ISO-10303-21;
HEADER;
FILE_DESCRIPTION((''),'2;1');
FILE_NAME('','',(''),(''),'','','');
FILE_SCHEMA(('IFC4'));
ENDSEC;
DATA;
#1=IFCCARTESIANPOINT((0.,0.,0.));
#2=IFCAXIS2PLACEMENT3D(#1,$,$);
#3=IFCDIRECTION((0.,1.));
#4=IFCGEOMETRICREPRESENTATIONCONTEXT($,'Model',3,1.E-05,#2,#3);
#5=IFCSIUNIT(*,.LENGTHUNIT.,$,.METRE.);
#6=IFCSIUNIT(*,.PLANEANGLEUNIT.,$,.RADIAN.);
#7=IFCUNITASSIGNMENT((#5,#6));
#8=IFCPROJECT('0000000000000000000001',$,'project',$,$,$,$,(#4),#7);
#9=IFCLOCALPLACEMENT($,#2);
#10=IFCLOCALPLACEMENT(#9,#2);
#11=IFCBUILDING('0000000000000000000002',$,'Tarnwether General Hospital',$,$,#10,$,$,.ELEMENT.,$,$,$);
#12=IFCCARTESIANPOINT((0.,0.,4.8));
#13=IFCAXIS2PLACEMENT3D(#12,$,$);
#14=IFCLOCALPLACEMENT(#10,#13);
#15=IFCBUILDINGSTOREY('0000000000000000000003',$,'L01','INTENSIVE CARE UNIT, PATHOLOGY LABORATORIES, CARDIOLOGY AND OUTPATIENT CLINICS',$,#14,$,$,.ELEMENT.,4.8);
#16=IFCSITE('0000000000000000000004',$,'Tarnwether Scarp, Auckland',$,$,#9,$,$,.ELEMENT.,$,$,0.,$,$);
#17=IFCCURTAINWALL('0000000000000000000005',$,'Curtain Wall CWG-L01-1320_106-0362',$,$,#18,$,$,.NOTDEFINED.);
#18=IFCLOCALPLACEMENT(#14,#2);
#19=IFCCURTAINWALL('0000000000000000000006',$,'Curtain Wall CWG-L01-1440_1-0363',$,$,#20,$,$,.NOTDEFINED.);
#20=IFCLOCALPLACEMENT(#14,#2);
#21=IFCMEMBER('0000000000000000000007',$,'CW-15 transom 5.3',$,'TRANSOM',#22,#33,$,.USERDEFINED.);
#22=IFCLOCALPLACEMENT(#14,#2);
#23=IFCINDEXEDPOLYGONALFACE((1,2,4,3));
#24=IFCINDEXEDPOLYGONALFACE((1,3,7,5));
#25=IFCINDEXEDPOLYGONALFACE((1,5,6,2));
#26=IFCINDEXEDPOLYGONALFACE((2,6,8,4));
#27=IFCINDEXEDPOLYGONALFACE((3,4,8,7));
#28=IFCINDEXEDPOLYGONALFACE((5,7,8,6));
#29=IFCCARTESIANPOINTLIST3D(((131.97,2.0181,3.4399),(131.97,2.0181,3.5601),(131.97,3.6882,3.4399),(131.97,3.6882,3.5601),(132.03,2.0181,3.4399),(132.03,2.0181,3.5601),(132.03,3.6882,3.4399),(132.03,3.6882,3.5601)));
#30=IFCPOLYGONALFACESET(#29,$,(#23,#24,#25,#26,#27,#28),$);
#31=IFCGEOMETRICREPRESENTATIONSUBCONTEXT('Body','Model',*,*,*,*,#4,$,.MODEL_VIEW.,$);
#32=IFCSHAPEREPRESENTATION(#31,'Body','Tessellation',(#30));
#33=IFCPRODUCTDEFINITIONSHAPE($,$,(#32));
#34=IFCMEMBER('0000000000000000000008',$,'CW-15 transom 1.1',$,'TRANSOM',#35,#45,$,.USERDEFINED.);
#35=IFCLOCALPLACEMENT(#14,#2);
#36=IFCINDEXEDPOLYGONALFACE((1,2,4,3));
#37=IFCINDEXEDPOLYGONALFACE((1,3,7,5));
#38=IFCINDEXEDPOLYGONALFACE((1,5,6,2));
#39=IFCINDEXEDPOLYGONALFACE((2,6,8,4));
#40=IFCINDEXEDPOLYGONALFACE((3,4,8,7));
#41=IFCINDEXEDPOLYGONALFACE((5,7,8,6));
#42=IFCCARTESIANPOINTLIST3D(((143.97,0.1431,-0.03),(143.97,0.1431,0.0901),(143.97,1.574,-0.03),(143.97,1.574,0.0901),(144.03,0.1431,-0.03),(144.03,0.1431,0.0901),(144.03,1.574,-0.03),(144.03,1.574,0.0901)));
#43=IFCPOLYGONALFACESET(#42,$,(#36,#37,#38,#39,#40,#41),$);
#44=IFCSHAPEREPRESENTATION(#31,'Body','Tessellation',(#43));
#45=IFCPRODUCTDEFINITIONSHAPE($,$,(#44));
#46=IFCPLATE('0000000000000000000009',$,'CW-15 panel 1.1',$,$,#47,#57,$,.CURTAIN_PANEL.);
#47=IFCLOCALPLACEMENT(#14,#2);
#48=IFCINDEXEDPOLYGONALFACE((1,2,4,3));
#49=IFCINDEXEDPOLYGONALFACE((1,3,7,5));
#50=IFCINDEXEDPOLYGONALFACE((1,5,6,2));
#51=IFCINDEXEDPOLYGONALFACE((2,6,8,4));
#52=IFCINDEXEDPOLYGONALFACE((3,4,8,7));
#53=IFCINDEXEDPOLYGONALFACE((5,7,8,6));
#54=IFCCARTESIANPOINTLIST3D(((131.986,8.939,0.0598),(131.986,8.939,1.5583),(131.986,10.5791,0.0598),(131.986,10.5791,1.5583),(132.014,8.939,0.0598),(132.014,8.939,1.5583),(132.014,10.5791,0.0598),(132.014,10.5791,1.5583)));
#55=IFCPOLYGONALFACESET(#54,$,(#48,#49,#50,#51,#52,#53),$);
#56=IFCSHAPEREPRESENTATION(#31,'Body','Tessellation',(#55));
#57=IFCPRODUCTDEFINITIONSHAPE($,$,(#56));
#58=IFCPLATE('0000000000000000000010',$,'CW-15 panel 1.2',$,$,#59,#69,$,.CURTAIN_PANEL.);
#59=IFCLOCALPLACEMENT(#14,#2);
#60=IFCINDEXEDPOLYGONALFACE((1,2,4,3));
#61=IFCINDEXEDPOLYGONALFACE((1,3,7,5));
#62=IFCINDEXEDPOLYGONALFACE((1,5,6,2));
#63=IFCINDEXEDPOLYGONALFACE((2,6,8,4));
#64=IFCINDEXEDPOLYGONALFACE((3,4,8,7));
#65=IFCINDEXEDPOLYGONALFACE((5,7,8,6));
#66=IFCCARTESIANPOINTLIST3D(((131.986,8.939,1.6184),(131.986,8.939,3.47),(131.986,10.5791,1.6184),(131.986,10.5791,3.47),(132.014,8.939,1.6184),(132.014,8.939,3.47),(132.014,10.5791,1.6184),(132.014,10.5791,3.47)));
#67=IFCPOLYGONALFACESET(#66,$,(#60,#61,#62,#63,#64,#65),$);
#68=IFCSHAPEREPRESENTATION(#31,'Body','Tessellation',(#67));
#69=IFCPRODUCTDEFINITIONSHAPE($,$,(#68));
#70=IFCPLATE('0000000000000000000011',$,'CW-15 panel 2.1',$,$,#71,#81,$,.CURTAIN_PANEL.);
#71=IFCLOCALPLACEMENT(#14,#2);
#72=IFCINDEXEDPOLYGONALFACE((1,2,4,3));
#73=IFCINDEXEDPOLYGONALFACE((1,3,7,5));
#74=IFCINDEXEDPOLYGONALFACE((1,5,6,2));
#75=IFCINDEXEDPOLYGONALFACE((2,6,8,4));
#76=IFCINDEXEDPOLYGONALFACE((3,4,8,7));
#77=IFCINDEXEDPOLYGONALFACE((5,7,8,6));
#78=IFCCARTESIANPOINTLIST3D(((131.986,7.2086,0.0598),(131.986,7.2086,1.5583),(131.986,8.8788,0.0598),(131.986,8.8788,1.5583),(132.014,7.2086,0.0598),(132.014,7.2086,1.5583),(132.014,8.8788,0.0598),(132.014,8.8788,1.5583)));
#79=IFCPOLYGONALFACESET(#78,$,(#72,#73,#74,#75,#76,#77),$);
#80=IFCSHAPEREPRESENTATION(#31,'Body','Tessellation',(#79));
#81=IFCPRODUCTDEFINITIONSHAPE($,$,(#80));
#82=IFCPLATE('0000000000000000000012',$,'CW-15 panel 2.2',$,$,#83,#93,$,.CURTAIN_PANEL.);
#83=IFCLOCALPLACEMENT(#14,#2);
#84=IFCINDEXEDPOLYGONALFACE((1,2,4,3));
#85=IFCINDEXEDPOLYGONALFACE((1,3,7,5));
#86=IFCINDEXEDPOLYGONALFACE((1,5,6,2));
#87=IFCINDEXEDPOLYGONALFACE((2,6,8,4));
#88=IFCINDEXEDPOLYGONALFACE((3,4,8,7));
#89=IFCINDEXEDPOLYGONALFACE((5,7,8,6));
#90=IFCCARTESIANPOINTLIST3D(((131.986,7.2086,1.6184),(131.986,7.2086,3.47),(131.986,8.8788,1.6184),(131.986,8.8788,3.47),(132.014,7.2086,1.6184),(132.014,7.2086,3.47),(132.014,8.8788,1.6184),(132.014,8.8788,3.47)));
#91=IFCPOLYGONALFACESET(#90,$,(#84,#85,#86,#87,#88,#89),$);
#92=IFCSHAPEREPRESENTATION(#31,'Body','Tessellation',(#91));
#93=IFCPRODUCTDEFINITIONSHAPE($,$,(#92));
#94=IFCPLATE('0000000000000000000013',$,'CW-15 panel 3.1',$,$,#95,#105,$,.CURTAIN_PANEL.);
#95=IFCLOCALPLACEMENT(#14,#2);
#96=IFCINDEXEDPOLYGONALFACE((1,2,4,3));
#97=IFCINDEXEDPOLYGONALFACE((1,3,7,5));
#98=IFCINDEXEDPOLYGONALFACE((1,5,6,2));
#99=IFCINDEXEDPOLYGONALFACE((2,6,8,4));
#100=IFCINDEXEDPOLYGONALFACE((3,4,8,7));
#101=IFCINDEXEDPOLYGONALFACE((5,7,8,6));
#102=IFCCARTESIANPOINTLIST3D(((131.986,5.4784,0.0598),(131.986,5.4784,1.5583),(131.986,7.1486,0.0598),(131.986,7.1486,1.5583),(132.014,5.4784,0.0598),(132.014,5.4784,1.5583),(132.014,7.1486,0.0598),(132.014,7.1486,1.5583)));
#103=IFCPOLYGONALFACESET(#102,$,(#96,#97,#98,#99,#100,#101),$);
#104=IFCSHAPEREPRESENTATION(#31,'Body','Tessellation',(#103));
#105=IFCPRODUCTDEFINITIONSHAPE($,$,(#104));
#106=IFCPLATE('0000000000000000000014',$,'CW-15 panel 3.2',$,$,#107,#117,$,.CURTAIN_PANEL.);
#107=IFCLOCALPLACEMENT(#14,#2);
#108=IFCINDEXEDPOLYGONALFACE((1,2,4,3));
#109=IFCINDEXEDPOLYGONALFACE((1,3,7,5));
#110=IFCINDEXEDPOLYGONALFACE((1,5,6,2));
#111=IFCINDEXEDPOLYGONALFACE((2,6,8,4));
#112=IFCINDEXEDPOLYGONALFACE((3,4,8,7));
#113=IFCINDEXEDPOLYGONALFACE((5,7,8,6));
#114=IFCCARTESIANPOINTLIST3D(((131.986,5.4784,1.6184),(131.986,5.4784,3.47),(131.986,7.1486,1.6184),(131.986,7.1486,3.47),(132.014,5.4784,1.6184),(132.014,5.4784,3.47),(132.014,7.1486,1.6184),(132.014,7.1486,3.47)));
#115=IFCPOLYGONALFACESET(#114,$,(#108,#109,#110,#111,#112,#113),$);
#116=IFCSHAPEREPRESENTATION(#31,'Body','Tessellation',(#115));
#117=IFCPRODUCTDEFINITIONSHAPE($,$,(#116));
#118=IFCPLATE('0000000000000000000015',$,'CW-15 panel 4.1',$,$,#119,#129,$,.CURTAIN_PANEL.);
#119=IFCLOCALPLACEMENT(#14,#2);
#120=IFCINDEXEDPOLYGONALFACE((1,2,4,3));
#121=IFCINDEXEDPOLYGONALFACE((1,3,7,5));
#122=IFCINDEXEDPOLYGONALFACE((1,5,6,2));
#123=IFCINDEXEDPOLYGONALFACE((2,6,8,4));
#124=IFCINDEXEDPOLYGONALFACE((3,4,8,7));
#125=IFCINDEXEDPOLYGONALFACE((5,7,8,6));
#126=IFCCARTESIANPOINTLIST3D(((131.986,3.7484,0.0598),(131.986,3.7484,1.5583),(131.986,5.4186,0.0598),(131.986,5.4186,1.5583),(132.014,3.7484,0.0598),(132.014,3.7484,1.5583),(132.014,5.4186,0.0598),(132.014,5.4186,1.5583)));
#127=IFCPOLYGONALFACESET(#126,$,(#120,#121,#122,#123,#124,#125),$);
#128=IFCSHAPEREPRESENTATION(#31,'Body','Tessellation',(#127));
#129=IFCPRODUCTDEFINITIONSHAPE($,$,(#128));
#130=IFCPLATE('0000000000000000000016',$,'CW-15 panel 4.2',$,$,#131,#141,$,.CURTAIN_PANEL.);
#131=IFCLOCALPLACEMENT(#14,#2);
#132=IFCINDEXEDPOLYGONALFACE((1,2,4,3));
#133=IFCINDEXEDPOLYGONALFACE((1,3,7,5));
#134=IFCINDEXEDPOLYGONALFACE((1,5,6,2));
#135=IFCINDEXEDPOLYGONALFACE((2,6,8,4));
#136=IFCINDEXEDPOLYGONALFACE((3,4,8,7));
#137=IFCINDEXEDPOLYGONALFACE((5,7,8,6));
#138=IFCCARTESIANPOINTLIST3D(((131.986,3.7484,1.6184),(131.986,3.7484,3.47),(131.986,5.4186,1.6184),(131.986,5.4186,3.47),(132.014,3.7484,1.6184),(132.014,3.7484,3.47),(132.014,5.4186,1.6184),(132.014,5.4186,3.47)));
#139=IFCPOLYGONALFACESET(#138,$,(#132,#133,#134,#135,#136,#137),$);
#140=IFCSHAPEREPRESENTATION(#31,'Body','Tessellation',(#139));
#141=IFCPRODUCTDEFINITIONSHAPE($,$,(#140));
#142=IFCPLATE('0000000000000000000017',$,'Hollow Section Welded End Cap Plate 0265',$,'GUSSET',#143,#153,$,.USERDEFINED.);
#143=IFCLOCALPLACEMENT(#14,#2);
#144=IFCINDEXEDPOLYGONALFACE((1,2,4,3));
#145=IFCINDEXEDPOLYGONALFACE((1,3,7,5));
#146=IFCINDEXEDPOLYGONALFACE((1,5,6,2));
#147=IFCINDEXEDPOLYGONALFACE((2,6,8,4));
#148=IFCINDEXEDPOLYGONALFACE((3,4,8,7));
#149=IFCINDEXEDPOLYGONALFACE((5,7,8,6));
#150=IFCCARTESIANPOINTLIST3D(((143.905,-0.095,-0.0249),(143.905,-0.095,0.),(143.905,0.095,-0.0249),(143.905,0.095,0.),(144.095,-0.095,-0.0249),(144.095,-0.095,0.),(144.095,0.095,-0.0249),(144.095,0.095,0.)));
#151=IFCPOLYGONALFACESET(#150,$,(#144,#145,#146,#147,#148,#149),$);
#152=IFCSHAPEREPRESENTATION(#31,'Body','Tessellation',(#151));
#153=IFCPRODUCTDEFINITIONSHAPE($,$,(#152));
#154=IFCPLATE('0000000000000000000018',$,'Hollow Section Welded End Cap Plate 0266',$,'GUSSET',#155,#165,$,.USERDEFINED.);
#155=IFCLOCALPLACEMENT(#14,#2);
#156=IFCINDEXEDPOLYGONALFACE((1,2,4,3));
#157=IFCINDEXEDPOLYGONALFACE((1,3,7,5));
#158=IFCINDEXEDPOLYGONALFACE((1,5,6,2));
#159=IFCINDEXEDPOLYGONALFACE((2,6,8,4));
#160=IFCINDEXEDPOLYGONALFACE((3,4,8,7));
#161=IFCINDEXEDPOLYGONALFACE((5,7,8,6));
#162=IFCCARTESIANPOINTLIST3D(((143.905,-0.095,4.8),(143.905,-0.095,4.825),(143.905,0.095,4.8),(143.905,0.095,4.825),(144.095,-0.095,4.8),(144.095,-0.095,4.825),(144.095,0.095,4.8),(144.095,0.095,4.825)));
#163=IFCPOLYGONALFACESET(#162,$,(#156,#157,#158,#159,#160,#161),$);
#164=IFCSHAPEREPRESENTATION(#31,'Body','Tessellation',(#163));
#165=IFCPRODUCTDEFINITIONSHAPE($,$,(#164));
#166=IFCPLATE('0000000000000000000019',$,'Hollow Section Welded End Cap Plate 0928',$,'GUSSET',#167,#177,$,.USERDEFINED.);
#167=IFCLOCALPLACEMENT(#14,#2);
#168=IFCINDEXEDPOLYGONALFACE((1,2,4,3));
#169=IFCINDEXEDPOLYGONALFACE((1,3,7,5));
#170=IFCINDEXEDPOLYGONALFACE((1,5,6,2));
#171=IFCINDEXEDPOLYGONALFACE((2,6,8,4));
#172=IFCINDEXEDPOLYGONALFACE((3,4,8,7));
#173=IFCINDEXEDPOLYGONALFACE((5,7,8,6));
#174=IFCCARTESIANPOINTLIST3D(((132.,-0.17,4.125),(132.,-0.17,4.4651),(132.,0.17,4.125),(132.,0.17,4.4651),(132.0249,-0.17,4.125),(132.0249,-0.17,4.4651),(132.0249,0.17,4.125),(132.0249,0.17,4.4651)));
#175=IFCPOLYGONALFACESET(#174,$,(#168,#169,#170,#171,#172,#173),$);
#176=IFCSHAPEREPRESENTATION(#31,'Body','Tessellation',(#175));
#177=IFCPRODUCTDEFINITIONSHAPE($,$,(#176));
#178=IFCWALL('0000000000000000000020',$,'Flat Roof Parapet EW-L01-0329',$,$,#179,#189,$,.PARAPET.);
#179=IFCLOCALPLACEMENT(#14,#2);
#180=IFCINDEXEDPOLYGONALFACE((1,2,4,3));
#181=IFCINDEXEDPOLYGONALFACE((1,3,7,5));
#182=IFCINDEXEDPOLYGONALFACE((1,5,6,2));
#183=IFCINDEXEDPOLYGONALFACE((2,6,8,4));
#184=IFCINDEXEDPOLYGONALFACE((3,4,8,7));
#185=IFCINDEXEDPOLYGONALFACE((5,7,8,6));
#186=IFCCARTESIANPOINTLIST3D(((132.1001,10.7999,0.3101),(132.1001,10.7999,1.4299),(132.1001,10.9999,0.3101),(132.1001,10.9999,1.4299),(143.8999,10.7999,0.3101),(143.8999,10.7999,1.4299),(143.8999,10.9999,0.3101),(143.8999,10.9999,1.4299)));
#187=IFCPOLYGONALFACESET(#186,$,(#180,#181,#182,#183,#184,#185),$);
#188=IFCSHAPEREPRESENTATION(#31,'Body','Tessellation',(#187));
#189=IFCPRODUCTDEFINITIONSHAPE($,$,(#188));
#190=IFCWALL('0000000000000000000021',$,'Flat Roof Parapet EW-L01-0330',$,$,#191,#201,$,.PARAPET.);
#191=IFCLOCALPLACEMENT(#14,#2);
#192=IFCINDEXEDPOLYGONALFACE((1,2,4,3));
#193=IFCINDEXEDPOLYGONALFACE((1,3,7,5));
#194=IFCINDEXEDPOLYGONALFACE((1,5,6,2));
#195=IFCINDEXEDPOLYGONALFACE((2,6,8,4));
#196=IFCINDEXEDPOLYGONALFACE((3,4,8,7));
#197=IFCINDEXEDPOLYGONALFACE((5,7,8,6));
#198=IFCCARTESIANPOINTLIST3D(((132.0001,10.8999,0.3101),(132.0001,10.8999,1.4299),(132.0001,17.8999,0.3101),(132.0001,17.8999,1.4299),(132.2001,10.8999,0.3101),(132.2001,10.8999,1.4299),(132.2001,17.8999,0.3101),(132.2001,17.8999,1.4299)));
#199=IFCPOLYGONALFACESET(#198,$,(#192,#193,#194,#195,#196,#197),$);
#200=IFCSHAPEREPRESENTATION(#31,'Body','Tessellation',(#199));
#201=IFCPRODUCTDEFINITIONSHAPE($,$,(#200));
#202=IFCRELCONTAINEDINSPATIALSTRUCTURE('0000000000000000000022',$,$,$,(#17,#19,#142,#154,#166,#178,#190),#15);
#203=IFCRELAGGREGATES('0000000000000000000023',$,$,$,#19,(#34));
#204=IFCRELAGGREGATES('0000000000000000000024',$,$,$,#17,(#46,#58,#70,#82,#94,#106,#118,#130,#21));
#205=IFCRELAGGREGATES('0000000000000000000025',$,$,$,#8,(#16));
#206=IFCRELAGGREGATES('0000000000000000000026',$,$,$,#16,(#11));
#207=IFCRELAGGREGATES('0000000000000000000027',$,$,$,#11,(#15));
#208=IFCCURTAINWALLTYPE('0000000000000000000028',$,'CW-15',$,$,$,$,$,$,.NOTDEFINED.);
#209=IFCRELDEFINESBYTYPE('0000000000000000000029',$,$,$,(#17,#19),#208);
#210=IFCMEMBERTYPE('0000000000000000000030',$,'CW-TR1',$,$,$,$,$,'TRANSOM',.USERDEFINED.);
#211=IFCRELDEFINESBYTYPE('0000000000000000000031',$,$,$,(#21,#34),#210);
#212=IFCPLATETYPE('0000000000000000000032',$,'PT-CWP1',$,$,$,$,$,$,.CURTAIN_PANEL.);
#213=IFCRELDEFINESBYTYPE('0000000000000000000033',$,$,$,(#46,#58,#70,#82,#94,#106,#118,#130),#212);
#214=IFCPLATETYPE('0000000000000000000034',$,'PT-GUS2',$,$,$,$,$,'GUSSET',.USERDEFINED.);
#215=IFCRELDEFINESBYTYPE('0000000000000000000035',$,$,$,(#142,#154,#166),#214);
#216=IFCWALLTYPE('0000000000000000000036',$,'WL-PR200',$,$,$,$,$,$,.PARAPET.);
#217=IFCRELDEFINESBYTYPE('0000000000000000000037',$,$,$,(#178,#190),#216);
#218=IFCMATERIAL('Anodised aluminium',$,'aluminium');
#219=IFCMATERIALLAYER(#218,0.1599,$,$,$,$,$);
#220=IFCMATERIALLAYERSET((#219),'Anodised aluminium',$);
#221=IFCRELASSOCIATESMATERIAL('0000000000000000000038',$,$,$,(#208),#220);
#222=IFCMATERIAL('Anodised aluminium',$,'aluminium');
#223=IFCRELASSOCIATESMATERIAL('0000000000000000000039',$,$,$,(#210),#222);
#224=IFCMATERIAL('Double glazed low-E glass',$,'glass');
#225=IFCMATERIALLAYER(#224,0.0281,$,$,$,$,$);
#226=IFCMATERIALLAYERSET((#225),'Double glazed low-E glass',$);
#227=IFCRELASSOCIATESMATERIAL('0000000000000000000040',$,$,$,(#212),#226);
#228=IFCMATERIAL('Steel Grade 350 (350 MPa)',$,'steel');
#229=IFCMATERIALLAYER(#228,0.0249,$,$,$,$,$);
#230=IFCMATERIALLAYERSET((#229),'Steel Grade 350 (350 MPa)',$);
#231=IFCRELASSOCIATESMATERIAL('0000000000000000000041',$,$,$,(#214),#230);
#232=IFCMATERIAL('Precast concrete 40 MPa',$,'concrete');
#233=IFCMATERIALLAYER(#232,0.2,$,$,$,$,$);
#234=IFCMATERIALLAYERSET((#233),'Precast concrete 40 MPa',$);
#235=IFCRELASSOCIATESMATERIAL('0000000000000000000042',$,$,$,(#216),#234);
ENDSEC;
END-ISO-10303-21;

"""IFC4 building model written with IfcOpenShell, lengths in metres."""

from ifc_helpers import new_model, si_unit, direction, frame, frame_2d, origin, origin_2d, place, context, subcontext, project, spatial, rectangle, extrude, material, layer, layer_set, material_profile, profile_set, type_object, element, aggregate, save


model = new_model("IFC4")

# Units and contexts
model_context = context("Model", 3, precision=1e-05, world=origin(), true_north=direction((0.0, 1.0)))
body_context = subcontext(model_context, "Body", "Model", "MODEL_VIEW")
ifc_project = project(units=[si_unit("LENGTHUNIT", "METRE"), si_unit("PLANEANGLEUNIT", "RADIAN")], contexts=[model_context])

# Site, building, storey
site_placement = place(None, origin())
site = spatial("IfcSite", under=ifc_project, at=site_placement, Name="Tarnwether Scarp, Auckland", CompositionType="ELEMENT", RefElevation=0.0)
building_placement = place(site_placement, origin())
building = spatial("IfcBuilding", under=site, at=building_placement, Name="Tarnwether General Hospital", CompositionType="ELEMENT")
storey_placement = place(building_placement, frame((0.0, 0.0, 4.8)))
storey = spatial("IfcBuildingStorey", under=building, at=storey_placement, Name="L01", Description="INTENSIVE CARE UNIT, PATHOLOGY LABORATORIES, CARDIOLOGY AND OUTPATIENT CLINICS", CompositionType="ELEMENT", Elevation=4.8)

# Curtain wall
ifc_material_1 = material(Name="Anodised aluminium", Category="aluminium")
ifc_layer_1 = layer(ifc_material_1, 0.1599)
ifc_layer_set_1 = layer_set([ifc_layer_1], Name="Anodised aluminium")
curtain_wall_type = type_object("IfcCurtainWallType", Name="CW-15", PredefinedType="NOTDEFINED", material=ifc_layer_set_1)
curtain_wall_1_placement = place(storey_placement, origin())
curtain_wall_1 = element("IfcCurtainWall", 1, at=curtain_wall_1_placement, inside=storey, type_object=curtain_wall_type, Name="Curtain Wall CWG-L01-1320_106-0362", PredefinedType="NOTDEFINED")

# Curtain wall
curtain_wall_2_placement = place(storey_placement, origin())
curtain_wall_2 = element("IfcCurtainWall", 2, at=curtain_wall_2_placement, inside=storey, type_object=curtain_wall_type, Name="Curtain Wall CWG-L01-1440_1-0363", PredefinedType="NOTDEFINED")

# Members
ifc_material_2 = material(Name="Anodised aluminium", Category="aluminium")
ifc_material_profile_1 = material_profile(ifc_material_2, rectangle(XDim=0.0601, YDim=0.1201, at=origin_2d()), Name="ALU-TRN-60x120")
ifc_profile_set_1 = profile_set([ifc_material_profile_1], Name="Anodised aluminium")
member_type_1 = type_object("IfcMemberType", Name="CW-TR1", ElementType="TRANSOM", PredefinedType="USERDEFINED", material=ifc_profile_set_1)
member_1_placement = place(storey_placement, frame((132.0, 3.6882, 3.5), z_axis=(0.0, -1.0, 0.0), x_axis=(1.0, 0.0, 0.0)))
member_1 = element("IfcMember", 3, at=member_1_placement, type_object=member_type_1, Name="CW-15 transom 5.3", ObjectType="TRANSOM", PredefinedType="USERDEFINED", context=body_context, shape_type="SweptSolid", body=[
    extrude(rectangle(XDim=0.0601, YDim=0.1201, at=origin_2d()), origin(), (0.0, 0.0, 1.0), 1.6702),
])
member_2_placement = place(storey_placement, frame((144.0, 0.1431, 0.03), z_axis=(0.0, 1.0, 0.0), x_axis=(-1.0, 0.0, 0.0)))
member_2 = element("IfcMember", 4, at=member_2_placement, type_object=member_type_1, Name="CW-15 transom 1.1", ObjectType="TRANSOM", PredefinedType="USERDEFINED", context=body_context, shape_type="SweptSolid", body=[
    extrude(rectangle(XDim=0.0601, YDim=0.1201, at=origin_2d()), origin(), (0.0, 0.0, 1.0), 1.4309),
])
aggregate(curtain_wall_2, [member_2])

# Plates
ifc_material_3 = material(Name="Double glazed low-E glass", Category="glass")
ifc_layer_2 = layer(ifc_material_3, 0.0281)
ifc_layer_set_2 = layer_set([ifc_layer_2], Name="Double glazed low-E glass")
plate_type_1 = type_object("IfcPlateType", Name="PT-CWP1", PredefinedType="CURTAIN_PANEL", material=ifc_layer_set_2)
plate_1_placement = place(storey_placement, frame((132.0, 9.759, 0.0598), z_axis=(0.0, 0.0, 1.0), x_axis=(0.0, -1.0, 0.0)))
plate_1 = element("IfcPlate", 5, at=plate_1_placement, type_object=plate_type_1, Name="CW-15 panel 1.1", PredefinedType="CURTAIN_PANEL", context=body_context, shape_type="SweptSolid", body=[
    extrude(rectangle(XDim=1.6401, YDim=0.0281, at=origin_2d()), origin(), (0.0, 0.0, 1.0), 1.4985),
])
plate_2_placement = place(storey_placement, frame((132.0, 9.759, 1.6184), z_axis=(0.0, 0.0, 1.0), x_axis=(0.0, -1.0, 0.0)))
plate_2 = element("IfcPlate", 6, at=plate_2_placement, type_object=plate_type_1, Name="CW-15 panel 1.2", PredefinedType="CURTAIN_PANEL", context=body_context, shape_type="SweptSolid", body=[
    extrude(rectangle(XDim=1.6401, YDim=0.0281, at=origin_2d()), origin(), (0.0, 0.0, 1.0), 1.8516),
])
plate_3_placement = place(storey_placement, frame((132.0, 8.0437, 0.0598), z_axis=(0.0, 0.0, 1.0), x_axis=(0.0, -1.0, 0.0)))
plate_3 = element("IfcPlate", 7, at=plate_3_placement, type_object=plate_type_1, Name="CW-15 panel 2.1", PredefinedType="CURTAIN_PANEL", context=body_context, shape_type="SweptSolid", body=[
    extrude(rectangle(XDim=1.6702, YDim=0.0281, at=origin_2d()), origin(), (0.0, 0.0, 1.0), 1.4985),
])
plate_4_placement = place(storey_placement, frame((132.0, 8.0437, 1.6184), z_axis=(0.0, 0.0, 1.0), x_axis=(0.0, -1.0, 0.0)))
plate_4 = element("IfcPlate", 8, at=plate_4_placement, type_object=plate_type_1, Name="CW-15 panel 2.2", PredefinedType="CURTAIN_PANEL", context=body_context, shape_type="SweptSolid", body=[
    extrude(rectangle(XDim=1.6702, YDim=0.0281, at=origin_2d()), origin(), (0.0, 0.0, 1.0), 1.8516),
])
plate_5_placement = place(storey_placement, frame((132.0, 6.3135, 0.0598), z_axis=(0.0, 0.0, 1.0), x_axis=(0.0, -1.0, 0.0)))
plate_5 = element("IfcPlate", 9, at=plate_5_placement, type_object=plate_type_1, Name="CW-15 panel 3.1", PredefinedType="CURTAIN_PANEL", context=body_context, shape_type="SweptSolid", body=[
    extrude(rectangle(XDim=1.6702, YDim=0.0281, at=origin_2d()), origin(), (0.0, 0.0, 1.0), 1.4985),
])
plate_6_placement = place(storey_placement, frame((132.0, 6.3135, 1.6184), z_axis=(0.0, 0.0, 1.0), x_axis=(0.0, -1.0, 0.0)))
plate_6 = element("IfcPlate", 10, at=plate_6_placement, type_object=plate_type_1, Name="CW-15 panel 3.2", PredefinedType="CURTAIN_PANEL", context=body_context, shape_type="SweptSolid", body=[
    extrude(rectangle(XDim=1.6702, YDim=0.0281, at=origin_2d()), origin(), (0.0, 0.0, 1.0), 1.8516),
])
plate_7_placement = place(storey_placement, frame((132.0, 4.5835, 0.0598), z_axis=(0.0, 0.0, 1.0), x_axis=(0.0, -1.0, 0.0)))
plate_7 = element("IfcPlate", 11, at=plate_7_placement, type_object=plate_type_1, Name="CW-15 panel 4.1", PredefinedType="CURTAIN_PANEL", context=body_context, shape_type="SweptSolid", body=[
    extrude(rectangle(XDim=1.6702, YDim=0.0281, at=origin_2d()), origin(), (0.0, 0.0, 1.0), 1.4985),
])
plate_8_placement = place(storey_placement, frame((132.0, 4.5835, 1.6184), z_axis=(0.0, 0.0, 1.0), x_axis=(0.0, -1.0, 0.0)))
plate_8 = element("IfcPlate", 12, at=plate_8_placement, type_object=plate_type_1, Name="CW-15 panel 4.2", PredefinedType="CURTAIN_PANEL", context=body_context, shape_type="SweptSolid", body=[
    extrude(rectangle(XDim=1.6702, YDim=0.0281, at=origin_2d()), origin(), (0.0, 0.0, 1.0), 1.8516),
])
aggregate(curtain_wall_1, [plate_1, plate_2, plate_3, plate_4, plate_5, plate_6, plate_7, plate_8, member_1])

# Plates
ifc_material_4 = material(Name="Steel Grade 350 (350 MPa)", Category="steel")
ifc_layer_3 = layer(ifc_material_4, 0.0249)
ifc_layer_set_3 = layer_set([ifc_layer_3], Name="Steel Grade 350 (350 MPa)")
plate_type_2 = type_object("IfcPlateType", Name="PT-GUS2", ElementType="GUSSET", PredefinedType="USERDEFINED", material=ifc_layer_set_3)
for number, where, z_axis, x_axis, name in (
    (13, (144.0, 0.0, -0.0249), (0.0, 0.0, 1.0), (1.0, 0.0, 0.0), "Hollow Section Welded End Cap Plate 0265"),
    (14, (144.0, 0.0, 4.8), (0.0, 0.0, 1.0), (1.0, 0.0, 0.0), "Hollow Section Welded End Cap Plate 0266"),
):
    element("IfcPlate", number, at=place(storey_placement, frame(where, z_axis=z_axis, x_axis=x_axis)), inside=storey, type_object=plate_type_2, Name=name, ObjectType="GUSSET", PredefinedType="USERDEFINED", context=body_context, shape_type="SweptSolid", body=[
        extrude(rectangle(XDim=0.1899, YDim=0.1899, at=origin_2d()), origin(), (0.0, 0.0, 1.0), 0.0249),
    ])
plate_9_placement = place(storey_placement, frame((132.0125, 0.0, 4.125), z_axis=(0.0, 0.0, 1.0), x_axis=(1.0, 0.0, 0.0)))
element("IfcPlate", 15, at=plate_9_placement, inside=storey, type_object=plate_type_2, Name="Hollow Section Welded End Cap Plate 0928", ObjectType="GUSSET", PredefinedType="USERDEFINED", context=body_context, shape_type="SweptSolid", body=[
    extrude(rectangle(XDim=0.0249, YDim=0.3401, at=origin_2d()), origin(), (0.0, 0.0, 1.0), 0.3401),
])

# Walls
ifc_material_5 = material(Name="Precast concrete 40 MPa", Category="concrete")
ifc_layer_4 = layer(ifc_material_5, 0.2)
ifc_layer_set_4 = layer_set([ifc_layer_4], Name="Precast concrete 40 MPa")
wall_type = type_object("IfcWallType", Name="WL-PR200", PredefinedType="PARAPET", material=ifc_layer_set_4)
wall_1_placement = place(storey_placement, frame((143.8999, 10.8999, 0.3101), z_axis=(0.0, 0.0, 1.0), x_axis=(-1.0, 0.0, 0.0)))
element("IfcWall", 16, at=wall_1_placement, inside=storey, type_object=wall_type, Name="Flat Roof Parapet EW-L01-0329", PredefinedType="PARAPET", context=body_context, shape_type="SweptSolid", body=[
    extrude(rectangle(XDim=11.7998, YDim=0.2, at=frame_2d((5.8999, 0.0))), origin(), (0.0, 0.0, 1.0), 1.1199),
])
wall_2_placement = place(storey_placement, frame((132.1001, 10.8999, 0.3101), z_axis=(0.0, 0.0, 1.0), x_axis=(0.0, 1.0, 0.0)))
element("IfcWall", 17, at=wall_2_placement, inside=storey, type_object=wall_type, Name="Flat Roof Parapet EW-L01-0330", PredefinedType="PARAPET", context=body_context, shape_type="SweptSolid", body=[
    extrude(rectangle(XDim=7.0, YDim=0.2, at=frame_2d((3.5, 0.0))), origin(), (0.0, 0.0, 1.0), 1.1199),
])

save(model, "model.ifc")
